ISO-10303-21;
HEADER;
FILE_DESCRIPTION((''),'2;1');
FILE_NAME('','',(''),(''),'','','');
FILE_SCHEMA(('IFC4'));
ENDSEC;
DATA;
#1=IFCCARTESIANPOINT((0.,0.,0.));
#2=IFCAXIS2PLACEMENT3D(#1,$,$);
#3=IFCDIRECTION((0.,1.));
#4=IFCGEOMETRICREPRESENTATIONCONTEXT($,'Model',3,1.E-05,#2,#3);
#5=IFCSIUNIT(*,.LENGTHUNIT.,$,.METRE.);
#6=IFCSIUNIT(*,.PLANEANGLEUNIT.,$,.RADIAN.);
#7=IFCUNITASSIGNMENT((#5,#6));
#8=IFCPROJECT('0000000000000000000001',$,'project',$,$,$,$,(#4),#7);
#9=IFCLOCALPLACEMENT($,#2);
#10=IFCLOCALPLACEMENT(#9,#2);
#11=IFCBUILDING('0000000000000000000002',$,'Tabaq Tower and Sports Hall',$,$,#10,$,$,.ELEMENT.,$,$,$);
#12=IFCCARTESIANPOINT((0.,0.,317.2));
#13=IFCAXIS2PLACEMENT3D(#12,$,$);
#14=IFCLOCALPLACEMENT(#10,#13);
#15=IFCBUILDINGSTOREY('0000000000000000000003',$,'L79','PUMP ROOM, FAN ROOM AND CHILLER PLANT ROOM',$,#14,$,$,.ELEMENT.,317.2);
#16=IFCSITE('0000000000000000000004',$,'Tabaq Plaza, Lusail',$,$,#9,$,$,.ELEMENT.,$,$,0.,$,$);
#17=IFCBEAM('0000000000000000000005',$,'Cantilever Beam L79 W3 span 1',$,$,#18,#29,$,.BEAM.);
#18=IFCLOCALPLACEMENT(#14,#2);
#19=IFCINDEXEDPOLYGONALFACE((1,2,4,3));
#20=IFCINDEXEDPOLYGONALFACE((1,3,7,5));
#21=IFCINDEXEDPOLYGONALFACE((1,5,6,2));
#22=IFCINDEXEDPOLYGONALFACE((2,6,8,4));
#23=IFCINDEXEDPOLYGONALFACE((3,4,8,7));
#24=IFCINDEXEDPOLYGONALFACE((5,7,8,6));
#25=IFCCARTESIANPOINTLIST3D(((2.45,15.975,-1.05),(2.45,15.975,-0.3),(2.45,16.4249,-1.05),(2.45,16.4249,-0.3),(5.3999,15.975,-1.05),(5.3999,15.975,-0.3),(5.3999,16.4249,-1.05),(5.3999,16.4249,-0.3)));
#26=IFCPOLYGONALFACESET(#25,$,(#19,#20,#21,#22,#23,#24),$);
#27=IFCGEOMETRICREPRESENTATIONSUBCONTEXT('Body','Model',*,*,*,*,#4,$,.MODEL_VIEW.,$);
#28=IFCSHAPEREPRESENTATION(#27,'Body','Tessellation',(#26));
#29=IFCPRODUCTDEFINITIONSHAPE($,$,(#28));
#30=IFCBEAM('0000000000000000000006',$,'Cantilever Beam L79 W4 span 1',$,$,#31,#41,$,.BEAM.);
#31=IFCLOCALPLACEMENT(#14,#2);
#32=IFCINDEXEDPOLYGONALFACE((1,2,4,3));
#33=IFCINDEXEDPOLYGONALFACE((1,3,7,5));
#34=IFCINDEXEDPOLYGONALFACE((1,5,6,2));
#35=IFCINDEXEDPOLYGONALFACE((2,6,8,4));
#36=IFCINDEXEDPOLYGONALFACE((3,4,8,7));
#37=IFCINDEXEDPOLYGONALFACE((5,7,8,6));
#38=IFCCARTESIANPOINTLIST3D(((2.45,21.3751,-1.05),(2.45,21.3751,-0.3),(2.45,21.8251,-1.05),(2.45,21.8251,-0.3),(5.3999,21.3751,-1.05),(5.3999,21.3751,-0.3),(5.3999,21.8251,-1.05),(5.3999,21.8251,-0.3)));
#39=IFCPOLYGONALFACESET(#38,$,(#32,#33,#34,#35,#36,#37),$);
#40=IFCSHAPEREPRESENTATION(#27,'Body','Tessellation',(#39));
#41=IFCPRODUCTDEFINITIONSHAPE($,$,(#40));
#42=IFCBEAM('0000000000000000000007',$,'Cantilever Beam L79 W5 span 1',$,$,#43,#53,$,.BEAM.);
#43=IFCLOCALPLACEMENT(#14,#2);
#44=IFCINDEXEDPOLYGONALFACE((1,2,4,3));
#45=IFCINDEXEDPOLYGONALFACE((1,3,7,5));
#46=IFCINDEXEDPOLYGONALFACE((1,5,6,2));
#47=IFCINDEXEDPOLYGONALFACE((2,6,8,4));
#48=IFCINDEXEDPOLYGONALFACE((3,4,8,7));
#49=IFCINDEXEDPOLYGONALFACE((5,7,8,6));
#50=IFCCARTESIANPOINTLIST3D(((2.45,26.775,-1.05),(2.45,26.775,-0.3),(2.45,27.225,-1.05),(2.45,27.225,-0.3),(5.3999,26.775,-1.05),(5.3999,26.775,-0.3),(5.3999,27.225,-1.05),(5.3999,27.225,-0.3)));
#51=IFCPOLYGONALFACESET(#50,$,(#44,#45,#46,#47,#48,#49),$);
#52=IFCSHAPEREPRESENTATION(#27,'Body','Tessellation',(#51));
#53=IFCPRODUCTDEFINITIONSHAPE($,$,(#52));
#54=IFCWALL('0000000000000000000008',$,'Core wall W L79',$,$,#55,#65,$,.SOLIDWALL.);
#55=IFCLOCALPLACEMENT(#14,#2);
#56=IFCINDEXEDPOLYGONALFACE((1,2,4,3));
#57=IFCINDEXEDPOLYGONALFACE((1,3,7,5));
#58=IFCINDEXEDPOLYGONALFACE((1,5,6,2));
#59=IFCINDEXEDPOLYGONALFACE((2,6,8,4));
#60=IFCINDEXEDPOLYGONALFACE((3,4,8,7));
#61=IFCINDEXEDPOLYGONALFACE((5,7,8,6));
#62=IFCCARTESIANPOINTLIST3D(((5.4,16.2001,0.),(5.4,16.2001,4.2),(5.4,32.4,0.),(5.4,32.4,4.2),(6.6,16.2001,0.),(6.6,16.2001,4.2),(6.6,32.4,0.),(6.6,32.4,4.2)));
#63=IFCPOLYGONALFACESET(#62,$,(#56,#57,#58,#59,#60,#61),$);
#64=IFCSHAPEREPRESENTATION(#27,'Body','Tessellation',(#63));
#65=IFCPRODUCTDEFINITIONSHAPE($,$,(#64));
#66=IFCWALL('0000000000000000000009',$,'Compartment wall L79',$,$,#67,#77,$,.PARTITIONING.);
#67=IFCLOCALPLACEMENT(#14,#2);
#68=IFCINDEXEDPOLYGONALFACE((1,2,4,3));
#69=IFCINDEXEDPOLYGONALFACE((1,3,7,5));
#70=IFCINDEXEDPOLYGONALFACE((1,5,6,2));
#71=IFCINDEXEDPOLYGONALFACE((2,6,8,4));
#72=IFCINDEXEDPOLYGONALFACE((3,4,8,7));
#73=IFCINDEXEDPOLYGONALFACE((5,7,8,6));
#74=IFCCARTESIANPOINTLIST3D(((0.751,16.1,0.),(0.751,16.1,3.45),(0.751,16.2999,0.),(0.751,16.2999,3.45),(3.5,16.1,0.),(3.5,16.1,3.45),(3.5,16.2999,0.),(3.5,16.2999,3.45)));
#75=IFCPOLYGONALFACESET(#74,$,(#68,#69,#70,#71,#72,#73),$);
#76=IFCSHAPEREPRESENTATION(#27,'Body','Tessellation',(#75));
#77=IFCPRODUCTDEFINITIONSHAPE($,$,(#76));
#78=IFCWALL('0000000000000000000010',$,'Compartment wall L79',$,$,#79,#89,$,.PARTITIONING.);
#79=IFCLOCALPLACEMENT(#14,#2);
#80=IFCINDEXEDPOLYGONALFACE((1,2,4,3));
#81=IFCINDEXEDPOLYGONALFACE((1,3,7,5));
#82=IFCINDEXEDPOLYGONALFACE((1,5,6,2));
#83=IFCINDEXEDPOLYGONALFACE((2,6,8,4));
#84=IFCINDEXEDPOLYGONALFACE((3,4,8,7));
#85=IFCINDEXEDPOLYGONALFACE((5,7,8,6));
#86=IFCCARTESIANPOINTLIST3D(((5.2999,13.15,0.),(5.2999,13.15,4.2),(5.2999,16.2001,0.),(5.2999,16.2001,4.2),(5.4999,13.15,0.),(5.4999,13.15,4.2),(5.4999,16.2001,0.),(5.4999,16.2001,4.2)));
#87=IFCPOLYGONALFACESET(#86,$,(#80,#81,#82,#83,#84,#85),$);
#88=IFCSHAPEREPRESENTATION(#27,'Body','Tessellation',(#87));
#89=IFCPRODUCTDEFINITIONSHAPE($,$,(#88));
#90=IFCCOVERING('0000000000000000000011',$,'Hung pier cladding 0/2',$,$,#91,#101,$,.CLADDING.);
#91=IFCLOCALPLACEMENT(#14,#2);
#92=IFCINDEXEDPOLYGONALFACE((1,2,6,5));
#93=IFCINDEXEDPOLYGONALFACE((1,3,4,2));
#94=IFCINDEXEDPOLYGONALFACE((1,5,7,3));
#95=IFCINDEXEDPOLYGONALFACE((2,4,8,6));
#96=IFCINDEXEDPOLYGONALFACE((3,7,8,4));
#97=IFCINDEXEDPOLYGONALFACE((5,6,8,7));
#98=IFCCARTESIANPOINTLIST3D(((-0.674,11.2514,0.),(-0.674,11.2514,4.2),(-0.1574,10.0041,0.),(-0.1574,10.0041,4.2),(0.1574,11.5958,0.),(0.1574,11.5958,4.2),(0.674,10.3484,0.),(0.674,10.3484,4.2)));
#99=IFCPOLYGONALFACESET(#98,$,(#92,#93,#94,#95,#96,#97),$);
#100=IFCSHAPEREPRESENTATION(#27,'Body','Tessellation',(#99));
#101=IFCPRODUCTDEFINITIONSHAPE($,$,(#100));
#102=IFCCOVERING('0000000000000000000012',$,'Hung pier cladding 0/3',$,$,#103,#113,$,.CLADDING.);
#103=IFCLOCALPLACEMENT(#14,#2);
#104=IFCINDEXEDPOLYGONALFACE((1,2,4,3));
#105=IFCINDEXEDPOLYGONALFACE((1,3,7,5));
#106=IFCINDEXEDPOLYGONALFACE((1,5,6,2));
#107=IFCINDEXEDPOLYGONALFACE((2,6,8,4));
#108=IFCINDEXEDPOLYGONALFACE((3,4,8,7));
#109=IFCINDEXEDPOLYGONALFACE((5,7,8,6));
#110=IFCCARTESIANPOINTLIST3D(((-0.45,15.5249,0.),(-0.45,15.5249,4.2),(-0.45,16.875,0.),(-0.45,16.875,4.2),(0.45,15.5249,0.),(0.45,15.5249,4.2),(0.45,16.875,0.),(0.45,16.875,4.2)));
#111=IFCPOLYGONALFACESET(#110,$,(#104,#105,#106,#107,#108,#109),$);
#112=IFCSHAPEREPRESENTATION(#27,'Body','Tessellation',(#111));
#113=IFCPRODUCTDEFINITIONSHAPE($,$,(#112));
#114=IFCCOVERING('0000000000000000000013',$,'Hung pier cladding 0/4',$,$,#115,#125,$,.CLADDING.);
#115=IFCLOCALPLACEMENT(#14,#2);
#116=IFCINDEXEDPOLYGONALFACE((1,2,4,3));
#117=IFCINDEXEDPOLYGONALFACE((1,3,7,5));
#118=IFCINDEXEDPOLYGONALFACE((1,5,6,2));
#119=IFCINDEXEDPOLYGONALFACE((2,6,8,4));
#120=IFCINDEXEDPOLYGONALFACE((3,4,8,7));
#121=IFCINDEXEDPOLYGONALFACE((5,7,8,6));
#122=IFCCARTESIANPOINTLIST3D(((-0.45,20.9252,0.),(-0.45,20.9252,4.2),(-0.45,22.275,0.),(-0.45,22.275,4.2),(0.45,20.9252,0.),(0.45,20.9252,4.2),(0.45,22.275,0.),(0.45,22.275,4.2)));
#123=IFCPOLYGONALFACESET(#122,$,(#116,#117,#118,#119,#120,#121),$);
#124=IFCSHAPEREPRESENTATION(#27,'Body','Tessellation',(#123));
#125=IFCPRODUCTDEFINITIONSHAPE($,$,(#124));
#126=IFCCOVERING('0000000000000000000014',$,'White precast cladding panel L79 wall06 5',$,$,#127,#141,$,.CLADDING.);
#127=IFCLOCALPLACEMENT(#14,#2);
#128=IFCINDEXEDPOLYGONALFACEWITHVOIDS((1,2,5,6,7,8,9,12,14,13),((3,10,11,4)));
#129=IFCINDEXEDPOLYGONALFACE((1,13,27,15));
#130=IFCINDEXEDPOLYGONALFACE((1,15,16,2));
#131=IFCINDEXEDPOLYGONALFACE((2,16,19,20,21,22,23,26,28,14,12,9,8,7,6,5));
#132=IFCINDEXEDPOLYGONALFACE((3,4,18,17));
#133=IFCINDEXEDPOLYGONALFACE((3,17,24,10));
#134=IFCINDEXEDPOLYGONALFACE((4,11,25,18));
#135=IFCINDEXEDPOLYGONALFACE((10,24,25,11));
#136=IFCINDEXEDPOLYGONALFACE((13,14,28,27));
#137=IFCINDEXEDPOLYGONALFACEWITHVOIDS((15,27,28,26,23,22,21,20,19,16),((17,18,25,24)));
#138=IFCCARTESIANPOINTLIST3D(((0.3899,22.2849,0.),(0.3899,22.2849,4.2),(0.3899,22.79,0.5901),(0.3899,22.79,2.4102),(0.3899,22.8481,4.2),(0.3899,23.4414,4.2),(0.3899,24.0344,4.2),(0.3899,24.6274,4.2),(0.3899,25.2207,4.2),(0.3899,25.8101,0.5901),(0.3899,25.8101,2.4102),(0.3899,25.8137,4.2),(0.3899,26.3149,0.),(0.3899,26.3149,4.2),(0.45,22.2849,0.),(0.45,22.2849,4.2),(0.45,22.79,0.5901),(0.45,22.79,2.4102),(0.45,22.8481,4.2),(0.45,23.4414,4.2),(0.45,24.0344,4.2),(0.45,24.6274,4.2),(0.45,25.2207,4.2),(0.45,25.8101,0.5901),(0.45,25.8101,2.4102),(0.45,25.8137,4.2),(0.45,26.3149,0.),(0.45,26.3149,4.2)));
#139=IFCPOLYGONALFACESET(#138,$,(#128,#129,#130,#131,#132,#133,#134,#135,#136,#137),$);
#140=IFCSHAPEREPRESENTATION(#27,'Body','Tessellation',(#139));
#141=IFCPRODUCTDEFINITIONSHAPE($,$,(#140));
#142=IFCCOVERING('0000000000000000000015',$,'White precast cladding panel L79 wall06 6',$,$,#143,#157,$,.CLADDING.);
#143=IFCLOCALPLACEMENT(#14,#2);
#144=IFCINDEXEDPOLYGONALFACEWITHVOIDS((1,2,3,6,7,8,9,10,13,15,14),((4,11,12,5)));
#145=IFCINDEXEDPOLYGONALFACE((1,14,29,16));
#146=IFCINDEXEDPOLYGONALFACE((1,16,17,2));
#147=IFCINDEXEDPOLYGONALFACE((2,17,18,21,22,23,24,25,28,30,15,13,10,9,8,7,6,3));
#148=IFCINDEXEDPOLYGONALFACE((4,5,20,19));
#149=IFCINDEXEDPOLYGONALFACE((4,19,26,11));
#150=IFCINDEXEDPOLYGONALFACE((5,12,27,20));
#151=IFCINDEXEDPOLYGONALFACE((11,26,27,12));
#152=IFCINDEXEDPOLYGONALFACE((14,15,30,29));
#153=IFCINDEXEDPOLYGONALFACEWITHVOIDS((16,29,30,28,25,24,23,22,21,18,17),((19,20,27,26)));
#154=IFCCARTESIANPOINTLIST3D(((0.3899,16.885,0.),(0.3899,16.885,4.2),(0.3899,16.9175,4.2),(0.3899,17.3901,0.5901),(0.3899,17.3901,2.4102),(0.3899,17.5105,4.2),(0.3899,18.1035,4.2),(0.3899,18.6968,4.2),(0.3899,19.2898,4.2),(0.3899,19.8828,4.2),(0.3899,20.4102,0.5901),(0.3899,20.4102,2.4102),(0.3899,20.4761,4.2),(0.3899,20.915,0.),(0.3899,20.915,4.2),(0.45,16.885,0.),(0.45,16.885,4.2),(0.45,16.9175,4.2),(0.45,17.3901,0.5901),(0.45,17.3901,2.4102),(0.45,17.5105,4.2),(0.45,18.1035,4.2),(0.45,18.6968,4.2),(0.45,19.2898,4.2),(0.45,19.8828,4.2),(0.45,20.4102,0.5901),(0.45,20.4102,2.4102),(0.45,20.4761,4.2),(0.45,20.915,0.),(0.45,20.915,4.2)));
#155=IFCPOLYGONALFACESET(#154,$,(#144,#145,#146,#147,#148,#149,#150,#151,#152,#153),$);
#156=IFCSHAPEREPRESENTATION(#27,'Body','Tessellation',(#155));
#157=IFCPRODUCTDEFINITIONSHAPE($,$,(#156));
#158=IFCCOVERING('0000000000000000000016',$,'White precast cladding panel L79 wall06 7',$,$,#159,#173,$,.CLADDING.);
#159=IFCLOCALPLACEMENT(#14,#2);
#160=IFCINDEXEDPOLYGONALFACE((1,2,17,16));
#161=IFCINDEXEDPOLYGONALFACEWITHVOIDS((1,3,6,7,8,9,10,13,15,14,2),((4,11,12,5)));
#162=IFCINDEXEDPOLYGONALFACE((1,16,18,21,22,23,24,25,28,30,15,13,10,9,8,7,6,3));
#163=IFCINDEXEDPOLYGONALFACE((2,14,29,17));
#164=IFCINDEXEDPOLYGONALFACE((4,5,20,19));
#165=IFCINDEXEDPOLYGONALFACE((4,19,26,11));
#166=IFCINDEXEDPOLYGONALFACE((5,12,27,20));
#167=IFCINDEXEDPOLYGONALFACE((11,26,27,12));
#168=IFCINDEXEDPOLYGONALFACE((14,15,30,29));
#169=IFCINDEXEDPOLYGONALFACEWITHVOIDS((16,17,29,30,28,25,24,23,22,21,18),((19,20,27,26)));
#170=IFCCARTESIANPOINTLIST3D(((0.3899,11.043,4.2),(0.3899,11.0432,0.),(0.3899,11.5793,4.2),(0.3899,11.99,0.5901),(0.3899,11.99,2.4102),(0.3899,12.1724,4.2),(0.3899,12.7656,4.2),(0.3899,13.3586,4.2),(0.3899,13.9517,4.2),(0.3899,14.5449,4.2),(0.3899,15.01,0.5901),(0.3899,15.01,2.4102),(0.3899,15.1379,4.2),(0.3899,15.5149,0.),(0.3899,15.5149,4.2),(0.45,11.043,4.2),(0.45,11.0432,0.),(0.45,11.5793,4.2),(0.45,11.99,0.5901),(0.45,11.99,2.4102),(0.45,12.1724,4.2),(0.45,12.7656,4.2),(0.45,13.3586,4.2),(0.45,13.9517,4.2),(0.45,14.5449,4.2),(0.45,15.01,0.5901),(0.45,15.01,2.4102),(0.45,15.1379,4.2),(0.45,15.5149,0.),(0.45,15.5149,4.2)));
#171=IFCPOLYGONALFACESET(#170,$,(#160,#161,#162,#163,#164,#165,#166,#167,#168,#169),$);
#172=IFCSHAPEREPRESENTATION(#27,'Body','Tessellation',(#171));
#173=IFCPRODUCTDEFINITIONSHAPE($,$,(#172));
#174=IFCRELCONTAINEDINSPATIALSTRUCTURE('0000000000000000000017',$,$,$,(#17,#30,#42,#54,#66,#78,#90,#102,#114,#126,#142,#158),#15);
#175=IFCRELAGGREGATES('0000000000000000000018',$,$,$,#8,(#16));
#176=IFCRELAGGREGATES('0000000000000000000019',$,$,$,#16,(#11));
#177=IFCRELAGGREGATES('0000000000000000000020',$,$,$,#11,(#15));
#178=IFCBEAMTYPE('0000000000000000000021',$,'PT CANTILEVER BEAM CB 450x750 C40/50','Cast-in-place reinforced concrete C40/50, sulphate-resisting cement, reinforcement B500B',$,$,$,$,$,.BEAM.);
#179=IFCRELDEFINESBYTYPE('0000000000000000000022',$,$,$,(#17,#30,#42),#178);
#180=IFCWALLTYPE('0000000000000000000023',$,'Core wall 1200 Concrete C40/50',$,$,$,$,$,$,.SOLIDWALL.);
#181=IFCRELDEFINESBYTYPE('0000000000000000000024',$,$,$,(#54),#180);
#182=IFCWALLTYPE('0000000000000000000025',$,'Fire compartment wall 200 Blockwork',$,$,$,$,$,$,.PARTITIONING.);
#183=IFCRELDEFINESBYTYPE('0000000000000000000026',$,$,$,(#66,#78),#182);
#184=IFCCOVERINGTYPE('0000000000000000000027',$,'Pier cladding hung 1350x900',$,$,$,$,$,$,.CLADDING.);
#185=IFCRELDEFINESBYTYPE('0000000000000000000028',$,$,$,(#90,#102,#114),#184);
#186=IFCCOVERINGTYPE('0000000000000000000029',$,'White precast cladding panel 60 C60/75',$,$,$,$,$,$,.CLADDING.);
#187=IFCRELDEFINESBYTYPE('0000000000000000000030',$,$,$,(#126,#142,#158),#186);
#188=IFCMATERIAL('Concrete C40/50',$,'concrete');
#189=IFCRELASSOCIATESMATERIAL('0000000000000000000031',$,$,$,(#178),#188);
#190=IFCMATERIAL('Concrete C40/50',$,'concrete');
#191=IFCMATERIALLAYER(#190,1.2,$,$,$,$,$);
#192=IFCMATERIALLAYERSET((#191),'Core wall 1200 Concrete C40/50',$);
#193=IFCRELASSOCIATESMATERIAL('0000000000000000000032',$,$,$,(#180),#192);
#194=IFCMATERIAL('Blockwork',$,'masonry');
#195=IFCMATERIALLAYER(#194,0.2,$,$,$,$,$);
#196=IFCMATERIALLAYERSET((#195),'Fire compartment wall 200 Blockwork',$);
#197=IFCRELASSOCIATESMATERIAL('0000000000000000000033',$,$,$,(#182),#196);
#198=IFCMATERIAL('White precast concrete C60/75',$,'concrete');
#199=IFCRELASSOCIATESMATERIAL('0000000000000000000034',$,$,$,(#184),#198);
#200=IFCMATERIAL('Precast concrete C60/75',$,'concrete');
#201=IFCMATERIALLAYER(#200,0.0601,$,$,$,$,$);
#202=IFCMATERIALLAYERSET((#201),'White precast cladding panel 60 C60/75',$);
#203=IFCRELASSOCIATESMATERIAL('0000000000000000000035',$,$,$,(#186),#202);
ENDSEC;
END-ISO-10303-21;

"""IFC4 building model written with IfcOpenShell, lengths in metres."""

from ifc_helpers import new_model, si_unit, direction, frame, frame_2d, origin, origin_2d, place, context, subcontext, project, spatial, polyline, rectangle, outline, extrude, material, layer, layer_set, material_profile, profile_set, type_object, element, save


model = new_model("IFC4")

# Units and contexts
model_context = context("Model", 3, precision=1e-05, world=origin(), true_north=direction((0.0, 1.0)))
body_context = subcontext(model_context, "Body", "Model", "MODEL_VIEW")
ifc_project = project(units=[si_unit("LENGTHUNIT", "METRE"), si_unit("PLANEANGLEUNIT", "RADIAN")], contexts=[model_context])

# Site, building, storey
site_placement = place(None, origin())
site = spatial("IfcSite", under=ifc_project, at=site_placement, Name="Tabaq Plaza, Lusail", CompositionType="ELEMENT", RefElevation=0.0)
building_placement = place(site_placement, origin())
building = spatial("IfcBuilding", under=site, at=building_placement, Name="Tabaq Tower and Sports Hall", CompositionType="ELEMENT")
storey_placement = place(building_placement, frame((0.0, 0.0, 317.2)))
storey = spatial("IfcBuildingStorey", under=building, at=storey_placement, Name="L79", Description="PUMP ROOM, FAN ROOM AND CHILLER PLANT ROOM", CompositionType="ELEMENT", Elevation=317.2)

# Beams
ifc_material_1 = material(Name="Concrete C40/50", Category="concrete")
ifc_material_profile = material_profile(ifc_material_1, rectangle(XDim=0.45, YDim=0.75, at=origin_2d()), Name="CB 450x750")
ifc_profile_set = profile_set([ifc_material_profile], Name="Concrete C40/50")
beam_type = type_object("IfcBeamType", Name="PT CANTILEVER BEAM CB 450x750 C40/50", Description="Cast-in-place reinforced concrete C40/50, sulphate-resisting cement, reinforcement B500B", PredefinedType="BEAM", material=ifc_profile_set)
for number, where, z_axis, x_axis, name in (
    (1, (2.45, 16.2, -0.675), (1.0, 0.0, 0.0), (0.0, 1.0, 0.0), "Cantilever Beam L79 W3 span 1"),
    (2, (2.45, 21.6001, -0.675), (1.0, 0.0, 0.0), (0.0, 1.0, 0.0), "Cantilever Beam L79 W4 span 1"),
    (3, (2.45, 27.0, -0.675), (1.0, 0.0, 0.0), (0.0, 1.0, 0.0), "Cantilever Beam L79 W5 span 1"),
):
    element("IfcBeam", number, at=place(storey_placement, frame(where, z_axis=z_axis, x_axis=x_axis)), inside=storey, type_object=beam_type, Name=name, PredefinedType="BEAM", context=body_context, shape_type="SweptSolid", body=[
        extrude(rectangle(XDim=0.45, YDim=0.75, at=origin_2d()), origin(), (0.0, 0.0, 1.0), 2.95),
    ])

# Walls
ifc_material_2 = material(Name="Concrete C40/50", Category="concrete")
ifc_layer_1 = layer(ifc_material_2, 1.2)
ifc_layer_set_1 = layer_set([ifc_layer_1], Name="Core wall 1200 Concrete C40/50")
wall_type_1 = type_object("IfcWallType", Name="Core wall 1200 Concrete C40/50", PredefinedType="SOLIDWALL", material=ifc_layer_set_1)
wall_1_placement = place(storey_placement, frame((6.0, 16.2, 0.0), z_axis=(0.0, 0.0, 1.0), x_axis=(0.0, 1.0, 0.0)))
element("IfcWall", 4, at=wall_1_placement, inside=storey, type_object=wall_type_1, Name="Core wall W L79", PredefinedType="SOLIDWALL", context=body_context, shape_type="SweptSolid", body=[
    extrude(rectangle(XDim=16.2, YDim=1.2, at=frame_2d((8.1001, 0.0))), origin(), (0.0, 0.0, 1.0), 4.2),
])
ifc_material_3 = material(Name="Blockwork", Category="masonry")
ifc_layer_2 = layer(ifc_material_3, 0.2)
ifc_layer_set_2 = layer_set([ifc_layer_2], Name="Fire compartment wall 200 Blockwork")
wall_type_2 = type_object("IfcWallType", Name="Fire compartment wall 200 Blockwork", PredefinedType="PARTITIONING", material=ifc_layer_set_2)
wall_2_placement = place(storey_placement, frame((3.5, 16.2, 0.0), z_axis=(0.0, 0.0, 1.0), x_axis=(-1.0, 0.0, 0.0)))
element("IfcWall", 5, at=wall_2_placement, inside=storey, type_object=wall_type_2, Name="Compartment wall L79", PredefinedType="PARTITIONING", context=body_context, shape_type="SweptSolid", body=[
    extrude(rectangle(XDim=2.749, YDim=0.2, at=frame_2d((1.3745, 0.0))), origin(), (0.0, 0.0, 1.0), 3.45),
])

# Wall
wall_3_placement = place(storey_placement, frame((5.3999, 16.2, 0.0), z_axis=(0.0, 0.0, 1.0), x_axis=(0.0, -1.0, 0.0)))
element("IfcWall", 6, at=wall_3_placement, inside=storey, type_object=wall_type_2, Name="Compartment wall L79", PredefinedType="PARTITIONING", context=body_context, shape_type="SweptSolid", body=[
    extrude(rectangle(XDim=3.05, YDim=0.2, at=frame_2d((1.5249, 0.0))), origin(), (0.0, 0.0, 1.0), 4.2),
])

# Coverings
ifc_material_4 = material(Name="White precast concrete C60/75", Category="concrete")
covering_type_1 = type_object("IfcCoveringType", Name="Pier cladding hung 1350x900", PredefinedType="CLADDING", material=ifc_material_4)
for number, where, z_axis, x_axis, name in (
    (7, (-0.2583, 11.4236, 0.0), (0.0, 0.0, 1.0), (0.38265, -0.923893, 0.0), "Hung pier cladding 0/2"),
    (8, (0.0, 16.875, 0.0), (0.0, 0.0, 1.0), (0.0, -1.0, 0.0), "Hung pier cladding 0/3"),
):
    element("IfcCovering", number, at=place(storey_placement, frame(where, z_axis=z_axis, x_axis=x_axis)), inside=storey, type_object=covering_type_1, Name=name, PredefinedType="CLADDING", context=body_context, shape_type="SweptSolid", body=[
        extrude(rectangle(XDim=1.3501, YDim=0.8999, at=frame_2d((0.675, 0.0))), origin(), (0.0, 0.0, 1.0), 4.2),
    ])
covering_1_placement = place(storey_placement, frame((0.0, 22.2749, 0.0), z_axis=(0.0, 0.0, 1.0), x_axis=(0.0, -1.0, 0.0)))
element("IfcCovering", 9, at=covering_1_placement, inside=storey, type_object=covering_type_1, Name="Hung pier cladding 0/4", PredefinedType="CLADDING", context=body_context, shape_type="SweptSolid", body=[
    extrude(rectangle(XDim=1.3499, YDim=0.8999, at=frame_2d((0.6748, 0.0))), origin(), (0.0, 0.0, 1.0), 4.2),
])
ifc_material_5 = material(Name="Precast concrete C60/75", Category="concrete")
ifc_layer_3 = layer(ifc_material_5, 0.0601)
ifc_layer_set_3 = layer_set([ifc_layer_3], Name="White precast cladding panel 60 C60/75")
covering_type_2 = type_object("IfcCoveringType", Name="White precast cladding panel 60 C60/75", PredefinedType="CLADDING", material=ifc_layer_set_3)
covering_2_placement = place(storey_placement, frame((0.4199, 26.3149, 0.0), z_axis=(0.0, 0.0, 1.0), x_axis=(0.0, -1.0, 0.0)))
element("IfcCovering", 10, at=covering_2_placement, inside=storey, type_object=covering_type_2, Name="White precast cladding panel L79 wall06 5", PredefinedType="CLADDING", context=body_context, shape_type="SweptSolid", body=[
    extrude(outline(polyline([(0.0, 0.0), (4.03, 0.0), (4.03, 4.2), (3.4668, 4.2), (2.8735, 4.2), (2.2805, 4.2), (1.6875, 4.2), (1.0942, 4.2), (0.5012, 4.2), (0.0, 4.2), (0.0, 0.0)]), holes=[polyline([(0.5049, 0.5901), (0.5049, 2.4102), (3.5249, 2.4102), (3.5249, 0.5901), (0.5049, 0.5901)])]), frame((0.0, 0.03, 0.0), z_axis=(0.0, -1.0, 0.0), x_axis=(1.0, 0.0, 0.0)), (0.0, 0.0, 1.0), 0.0601),
])
covering_3_placement = place(storey_placement, frame((0.4199, 20.915, 0.0), z_axis=(0.0, 0.0, 1.0), x_axis=(0.0, -1.0, 0.0)))
element("IfcCovering", 11, at=covering_3_placement, inside=storey, type_object=covering_type_2, Name="White precast cladding panel L79 wall06 6", PredefinedType="CLADDING", context=body_context, shape_type="SweptSolid", body=[
    extrude(outline(polyline([(0.0, 0.0), (4.03, 0.0), (4.03, 4.2), (3.9976, 4.2), (3.4045, 4.2), (2.8115, 4.2), (2.2183, 4.2), (1.6252, 4.2), (1.0322, 4.2), (0.439, 4.2), (0.0, 4.2), (0.0, 0.0)]), holes=[polyline([(0.5049, 0.5901), (0.5049, 2.4102), (3.5249, 2.4102), (3.5249, 0.5901), (0.5049, 0.5901)])]), frame((0.0, 0.03, 0.0), z_axis=(0.0, -1.0, 0.0), x_axis=(1.0, 0.0, 0.0)), (0.0, 0.0, 1.0), 0.0601),
])
covering_4_placement = place(storey_placement, frame((0.4199, 15.5149, 0.0), z_axis=(0.0, 0.0, 1.0), x_axis=(0.0, -1.0, 0.0)))
element("IfcCovering", 12, at=covering_4_placement, inside=storey, type_object=covering_type_2, Name="White precast cladding panel L79 wall06 7", PredefinedType="CLADDING", context=body_context, shape_type="SweptSolid", body=[
    extrude(outline(polyline([(0.0, 0.0), (4.4717, 0.0), (4.4719, 4.2), (3.9355, 4.2), (3.3425, 4.2), (2.7493, 4.2), (2.1562, 4.2), (1.5632, 4.2), (0.97, 4.2), (0.377, 4.2), (0.0, 4.2), (0.0, 0.0)]), holes=[polyline([(0.5049, 0.5901), (0.5049, 2.4102), (3.5249, 2.4102), (3.5249, 0.5901), (0.5049, 0.5901)])]), frame((0.0, 0.03, 0.0), z_axis=(0.0, -1.0, 0.0), x_axis=(1.0, 0.0, 0.0)), (0.0, 0.0, 1.0), 0.0601),
])

save(model, "model.ifc")
